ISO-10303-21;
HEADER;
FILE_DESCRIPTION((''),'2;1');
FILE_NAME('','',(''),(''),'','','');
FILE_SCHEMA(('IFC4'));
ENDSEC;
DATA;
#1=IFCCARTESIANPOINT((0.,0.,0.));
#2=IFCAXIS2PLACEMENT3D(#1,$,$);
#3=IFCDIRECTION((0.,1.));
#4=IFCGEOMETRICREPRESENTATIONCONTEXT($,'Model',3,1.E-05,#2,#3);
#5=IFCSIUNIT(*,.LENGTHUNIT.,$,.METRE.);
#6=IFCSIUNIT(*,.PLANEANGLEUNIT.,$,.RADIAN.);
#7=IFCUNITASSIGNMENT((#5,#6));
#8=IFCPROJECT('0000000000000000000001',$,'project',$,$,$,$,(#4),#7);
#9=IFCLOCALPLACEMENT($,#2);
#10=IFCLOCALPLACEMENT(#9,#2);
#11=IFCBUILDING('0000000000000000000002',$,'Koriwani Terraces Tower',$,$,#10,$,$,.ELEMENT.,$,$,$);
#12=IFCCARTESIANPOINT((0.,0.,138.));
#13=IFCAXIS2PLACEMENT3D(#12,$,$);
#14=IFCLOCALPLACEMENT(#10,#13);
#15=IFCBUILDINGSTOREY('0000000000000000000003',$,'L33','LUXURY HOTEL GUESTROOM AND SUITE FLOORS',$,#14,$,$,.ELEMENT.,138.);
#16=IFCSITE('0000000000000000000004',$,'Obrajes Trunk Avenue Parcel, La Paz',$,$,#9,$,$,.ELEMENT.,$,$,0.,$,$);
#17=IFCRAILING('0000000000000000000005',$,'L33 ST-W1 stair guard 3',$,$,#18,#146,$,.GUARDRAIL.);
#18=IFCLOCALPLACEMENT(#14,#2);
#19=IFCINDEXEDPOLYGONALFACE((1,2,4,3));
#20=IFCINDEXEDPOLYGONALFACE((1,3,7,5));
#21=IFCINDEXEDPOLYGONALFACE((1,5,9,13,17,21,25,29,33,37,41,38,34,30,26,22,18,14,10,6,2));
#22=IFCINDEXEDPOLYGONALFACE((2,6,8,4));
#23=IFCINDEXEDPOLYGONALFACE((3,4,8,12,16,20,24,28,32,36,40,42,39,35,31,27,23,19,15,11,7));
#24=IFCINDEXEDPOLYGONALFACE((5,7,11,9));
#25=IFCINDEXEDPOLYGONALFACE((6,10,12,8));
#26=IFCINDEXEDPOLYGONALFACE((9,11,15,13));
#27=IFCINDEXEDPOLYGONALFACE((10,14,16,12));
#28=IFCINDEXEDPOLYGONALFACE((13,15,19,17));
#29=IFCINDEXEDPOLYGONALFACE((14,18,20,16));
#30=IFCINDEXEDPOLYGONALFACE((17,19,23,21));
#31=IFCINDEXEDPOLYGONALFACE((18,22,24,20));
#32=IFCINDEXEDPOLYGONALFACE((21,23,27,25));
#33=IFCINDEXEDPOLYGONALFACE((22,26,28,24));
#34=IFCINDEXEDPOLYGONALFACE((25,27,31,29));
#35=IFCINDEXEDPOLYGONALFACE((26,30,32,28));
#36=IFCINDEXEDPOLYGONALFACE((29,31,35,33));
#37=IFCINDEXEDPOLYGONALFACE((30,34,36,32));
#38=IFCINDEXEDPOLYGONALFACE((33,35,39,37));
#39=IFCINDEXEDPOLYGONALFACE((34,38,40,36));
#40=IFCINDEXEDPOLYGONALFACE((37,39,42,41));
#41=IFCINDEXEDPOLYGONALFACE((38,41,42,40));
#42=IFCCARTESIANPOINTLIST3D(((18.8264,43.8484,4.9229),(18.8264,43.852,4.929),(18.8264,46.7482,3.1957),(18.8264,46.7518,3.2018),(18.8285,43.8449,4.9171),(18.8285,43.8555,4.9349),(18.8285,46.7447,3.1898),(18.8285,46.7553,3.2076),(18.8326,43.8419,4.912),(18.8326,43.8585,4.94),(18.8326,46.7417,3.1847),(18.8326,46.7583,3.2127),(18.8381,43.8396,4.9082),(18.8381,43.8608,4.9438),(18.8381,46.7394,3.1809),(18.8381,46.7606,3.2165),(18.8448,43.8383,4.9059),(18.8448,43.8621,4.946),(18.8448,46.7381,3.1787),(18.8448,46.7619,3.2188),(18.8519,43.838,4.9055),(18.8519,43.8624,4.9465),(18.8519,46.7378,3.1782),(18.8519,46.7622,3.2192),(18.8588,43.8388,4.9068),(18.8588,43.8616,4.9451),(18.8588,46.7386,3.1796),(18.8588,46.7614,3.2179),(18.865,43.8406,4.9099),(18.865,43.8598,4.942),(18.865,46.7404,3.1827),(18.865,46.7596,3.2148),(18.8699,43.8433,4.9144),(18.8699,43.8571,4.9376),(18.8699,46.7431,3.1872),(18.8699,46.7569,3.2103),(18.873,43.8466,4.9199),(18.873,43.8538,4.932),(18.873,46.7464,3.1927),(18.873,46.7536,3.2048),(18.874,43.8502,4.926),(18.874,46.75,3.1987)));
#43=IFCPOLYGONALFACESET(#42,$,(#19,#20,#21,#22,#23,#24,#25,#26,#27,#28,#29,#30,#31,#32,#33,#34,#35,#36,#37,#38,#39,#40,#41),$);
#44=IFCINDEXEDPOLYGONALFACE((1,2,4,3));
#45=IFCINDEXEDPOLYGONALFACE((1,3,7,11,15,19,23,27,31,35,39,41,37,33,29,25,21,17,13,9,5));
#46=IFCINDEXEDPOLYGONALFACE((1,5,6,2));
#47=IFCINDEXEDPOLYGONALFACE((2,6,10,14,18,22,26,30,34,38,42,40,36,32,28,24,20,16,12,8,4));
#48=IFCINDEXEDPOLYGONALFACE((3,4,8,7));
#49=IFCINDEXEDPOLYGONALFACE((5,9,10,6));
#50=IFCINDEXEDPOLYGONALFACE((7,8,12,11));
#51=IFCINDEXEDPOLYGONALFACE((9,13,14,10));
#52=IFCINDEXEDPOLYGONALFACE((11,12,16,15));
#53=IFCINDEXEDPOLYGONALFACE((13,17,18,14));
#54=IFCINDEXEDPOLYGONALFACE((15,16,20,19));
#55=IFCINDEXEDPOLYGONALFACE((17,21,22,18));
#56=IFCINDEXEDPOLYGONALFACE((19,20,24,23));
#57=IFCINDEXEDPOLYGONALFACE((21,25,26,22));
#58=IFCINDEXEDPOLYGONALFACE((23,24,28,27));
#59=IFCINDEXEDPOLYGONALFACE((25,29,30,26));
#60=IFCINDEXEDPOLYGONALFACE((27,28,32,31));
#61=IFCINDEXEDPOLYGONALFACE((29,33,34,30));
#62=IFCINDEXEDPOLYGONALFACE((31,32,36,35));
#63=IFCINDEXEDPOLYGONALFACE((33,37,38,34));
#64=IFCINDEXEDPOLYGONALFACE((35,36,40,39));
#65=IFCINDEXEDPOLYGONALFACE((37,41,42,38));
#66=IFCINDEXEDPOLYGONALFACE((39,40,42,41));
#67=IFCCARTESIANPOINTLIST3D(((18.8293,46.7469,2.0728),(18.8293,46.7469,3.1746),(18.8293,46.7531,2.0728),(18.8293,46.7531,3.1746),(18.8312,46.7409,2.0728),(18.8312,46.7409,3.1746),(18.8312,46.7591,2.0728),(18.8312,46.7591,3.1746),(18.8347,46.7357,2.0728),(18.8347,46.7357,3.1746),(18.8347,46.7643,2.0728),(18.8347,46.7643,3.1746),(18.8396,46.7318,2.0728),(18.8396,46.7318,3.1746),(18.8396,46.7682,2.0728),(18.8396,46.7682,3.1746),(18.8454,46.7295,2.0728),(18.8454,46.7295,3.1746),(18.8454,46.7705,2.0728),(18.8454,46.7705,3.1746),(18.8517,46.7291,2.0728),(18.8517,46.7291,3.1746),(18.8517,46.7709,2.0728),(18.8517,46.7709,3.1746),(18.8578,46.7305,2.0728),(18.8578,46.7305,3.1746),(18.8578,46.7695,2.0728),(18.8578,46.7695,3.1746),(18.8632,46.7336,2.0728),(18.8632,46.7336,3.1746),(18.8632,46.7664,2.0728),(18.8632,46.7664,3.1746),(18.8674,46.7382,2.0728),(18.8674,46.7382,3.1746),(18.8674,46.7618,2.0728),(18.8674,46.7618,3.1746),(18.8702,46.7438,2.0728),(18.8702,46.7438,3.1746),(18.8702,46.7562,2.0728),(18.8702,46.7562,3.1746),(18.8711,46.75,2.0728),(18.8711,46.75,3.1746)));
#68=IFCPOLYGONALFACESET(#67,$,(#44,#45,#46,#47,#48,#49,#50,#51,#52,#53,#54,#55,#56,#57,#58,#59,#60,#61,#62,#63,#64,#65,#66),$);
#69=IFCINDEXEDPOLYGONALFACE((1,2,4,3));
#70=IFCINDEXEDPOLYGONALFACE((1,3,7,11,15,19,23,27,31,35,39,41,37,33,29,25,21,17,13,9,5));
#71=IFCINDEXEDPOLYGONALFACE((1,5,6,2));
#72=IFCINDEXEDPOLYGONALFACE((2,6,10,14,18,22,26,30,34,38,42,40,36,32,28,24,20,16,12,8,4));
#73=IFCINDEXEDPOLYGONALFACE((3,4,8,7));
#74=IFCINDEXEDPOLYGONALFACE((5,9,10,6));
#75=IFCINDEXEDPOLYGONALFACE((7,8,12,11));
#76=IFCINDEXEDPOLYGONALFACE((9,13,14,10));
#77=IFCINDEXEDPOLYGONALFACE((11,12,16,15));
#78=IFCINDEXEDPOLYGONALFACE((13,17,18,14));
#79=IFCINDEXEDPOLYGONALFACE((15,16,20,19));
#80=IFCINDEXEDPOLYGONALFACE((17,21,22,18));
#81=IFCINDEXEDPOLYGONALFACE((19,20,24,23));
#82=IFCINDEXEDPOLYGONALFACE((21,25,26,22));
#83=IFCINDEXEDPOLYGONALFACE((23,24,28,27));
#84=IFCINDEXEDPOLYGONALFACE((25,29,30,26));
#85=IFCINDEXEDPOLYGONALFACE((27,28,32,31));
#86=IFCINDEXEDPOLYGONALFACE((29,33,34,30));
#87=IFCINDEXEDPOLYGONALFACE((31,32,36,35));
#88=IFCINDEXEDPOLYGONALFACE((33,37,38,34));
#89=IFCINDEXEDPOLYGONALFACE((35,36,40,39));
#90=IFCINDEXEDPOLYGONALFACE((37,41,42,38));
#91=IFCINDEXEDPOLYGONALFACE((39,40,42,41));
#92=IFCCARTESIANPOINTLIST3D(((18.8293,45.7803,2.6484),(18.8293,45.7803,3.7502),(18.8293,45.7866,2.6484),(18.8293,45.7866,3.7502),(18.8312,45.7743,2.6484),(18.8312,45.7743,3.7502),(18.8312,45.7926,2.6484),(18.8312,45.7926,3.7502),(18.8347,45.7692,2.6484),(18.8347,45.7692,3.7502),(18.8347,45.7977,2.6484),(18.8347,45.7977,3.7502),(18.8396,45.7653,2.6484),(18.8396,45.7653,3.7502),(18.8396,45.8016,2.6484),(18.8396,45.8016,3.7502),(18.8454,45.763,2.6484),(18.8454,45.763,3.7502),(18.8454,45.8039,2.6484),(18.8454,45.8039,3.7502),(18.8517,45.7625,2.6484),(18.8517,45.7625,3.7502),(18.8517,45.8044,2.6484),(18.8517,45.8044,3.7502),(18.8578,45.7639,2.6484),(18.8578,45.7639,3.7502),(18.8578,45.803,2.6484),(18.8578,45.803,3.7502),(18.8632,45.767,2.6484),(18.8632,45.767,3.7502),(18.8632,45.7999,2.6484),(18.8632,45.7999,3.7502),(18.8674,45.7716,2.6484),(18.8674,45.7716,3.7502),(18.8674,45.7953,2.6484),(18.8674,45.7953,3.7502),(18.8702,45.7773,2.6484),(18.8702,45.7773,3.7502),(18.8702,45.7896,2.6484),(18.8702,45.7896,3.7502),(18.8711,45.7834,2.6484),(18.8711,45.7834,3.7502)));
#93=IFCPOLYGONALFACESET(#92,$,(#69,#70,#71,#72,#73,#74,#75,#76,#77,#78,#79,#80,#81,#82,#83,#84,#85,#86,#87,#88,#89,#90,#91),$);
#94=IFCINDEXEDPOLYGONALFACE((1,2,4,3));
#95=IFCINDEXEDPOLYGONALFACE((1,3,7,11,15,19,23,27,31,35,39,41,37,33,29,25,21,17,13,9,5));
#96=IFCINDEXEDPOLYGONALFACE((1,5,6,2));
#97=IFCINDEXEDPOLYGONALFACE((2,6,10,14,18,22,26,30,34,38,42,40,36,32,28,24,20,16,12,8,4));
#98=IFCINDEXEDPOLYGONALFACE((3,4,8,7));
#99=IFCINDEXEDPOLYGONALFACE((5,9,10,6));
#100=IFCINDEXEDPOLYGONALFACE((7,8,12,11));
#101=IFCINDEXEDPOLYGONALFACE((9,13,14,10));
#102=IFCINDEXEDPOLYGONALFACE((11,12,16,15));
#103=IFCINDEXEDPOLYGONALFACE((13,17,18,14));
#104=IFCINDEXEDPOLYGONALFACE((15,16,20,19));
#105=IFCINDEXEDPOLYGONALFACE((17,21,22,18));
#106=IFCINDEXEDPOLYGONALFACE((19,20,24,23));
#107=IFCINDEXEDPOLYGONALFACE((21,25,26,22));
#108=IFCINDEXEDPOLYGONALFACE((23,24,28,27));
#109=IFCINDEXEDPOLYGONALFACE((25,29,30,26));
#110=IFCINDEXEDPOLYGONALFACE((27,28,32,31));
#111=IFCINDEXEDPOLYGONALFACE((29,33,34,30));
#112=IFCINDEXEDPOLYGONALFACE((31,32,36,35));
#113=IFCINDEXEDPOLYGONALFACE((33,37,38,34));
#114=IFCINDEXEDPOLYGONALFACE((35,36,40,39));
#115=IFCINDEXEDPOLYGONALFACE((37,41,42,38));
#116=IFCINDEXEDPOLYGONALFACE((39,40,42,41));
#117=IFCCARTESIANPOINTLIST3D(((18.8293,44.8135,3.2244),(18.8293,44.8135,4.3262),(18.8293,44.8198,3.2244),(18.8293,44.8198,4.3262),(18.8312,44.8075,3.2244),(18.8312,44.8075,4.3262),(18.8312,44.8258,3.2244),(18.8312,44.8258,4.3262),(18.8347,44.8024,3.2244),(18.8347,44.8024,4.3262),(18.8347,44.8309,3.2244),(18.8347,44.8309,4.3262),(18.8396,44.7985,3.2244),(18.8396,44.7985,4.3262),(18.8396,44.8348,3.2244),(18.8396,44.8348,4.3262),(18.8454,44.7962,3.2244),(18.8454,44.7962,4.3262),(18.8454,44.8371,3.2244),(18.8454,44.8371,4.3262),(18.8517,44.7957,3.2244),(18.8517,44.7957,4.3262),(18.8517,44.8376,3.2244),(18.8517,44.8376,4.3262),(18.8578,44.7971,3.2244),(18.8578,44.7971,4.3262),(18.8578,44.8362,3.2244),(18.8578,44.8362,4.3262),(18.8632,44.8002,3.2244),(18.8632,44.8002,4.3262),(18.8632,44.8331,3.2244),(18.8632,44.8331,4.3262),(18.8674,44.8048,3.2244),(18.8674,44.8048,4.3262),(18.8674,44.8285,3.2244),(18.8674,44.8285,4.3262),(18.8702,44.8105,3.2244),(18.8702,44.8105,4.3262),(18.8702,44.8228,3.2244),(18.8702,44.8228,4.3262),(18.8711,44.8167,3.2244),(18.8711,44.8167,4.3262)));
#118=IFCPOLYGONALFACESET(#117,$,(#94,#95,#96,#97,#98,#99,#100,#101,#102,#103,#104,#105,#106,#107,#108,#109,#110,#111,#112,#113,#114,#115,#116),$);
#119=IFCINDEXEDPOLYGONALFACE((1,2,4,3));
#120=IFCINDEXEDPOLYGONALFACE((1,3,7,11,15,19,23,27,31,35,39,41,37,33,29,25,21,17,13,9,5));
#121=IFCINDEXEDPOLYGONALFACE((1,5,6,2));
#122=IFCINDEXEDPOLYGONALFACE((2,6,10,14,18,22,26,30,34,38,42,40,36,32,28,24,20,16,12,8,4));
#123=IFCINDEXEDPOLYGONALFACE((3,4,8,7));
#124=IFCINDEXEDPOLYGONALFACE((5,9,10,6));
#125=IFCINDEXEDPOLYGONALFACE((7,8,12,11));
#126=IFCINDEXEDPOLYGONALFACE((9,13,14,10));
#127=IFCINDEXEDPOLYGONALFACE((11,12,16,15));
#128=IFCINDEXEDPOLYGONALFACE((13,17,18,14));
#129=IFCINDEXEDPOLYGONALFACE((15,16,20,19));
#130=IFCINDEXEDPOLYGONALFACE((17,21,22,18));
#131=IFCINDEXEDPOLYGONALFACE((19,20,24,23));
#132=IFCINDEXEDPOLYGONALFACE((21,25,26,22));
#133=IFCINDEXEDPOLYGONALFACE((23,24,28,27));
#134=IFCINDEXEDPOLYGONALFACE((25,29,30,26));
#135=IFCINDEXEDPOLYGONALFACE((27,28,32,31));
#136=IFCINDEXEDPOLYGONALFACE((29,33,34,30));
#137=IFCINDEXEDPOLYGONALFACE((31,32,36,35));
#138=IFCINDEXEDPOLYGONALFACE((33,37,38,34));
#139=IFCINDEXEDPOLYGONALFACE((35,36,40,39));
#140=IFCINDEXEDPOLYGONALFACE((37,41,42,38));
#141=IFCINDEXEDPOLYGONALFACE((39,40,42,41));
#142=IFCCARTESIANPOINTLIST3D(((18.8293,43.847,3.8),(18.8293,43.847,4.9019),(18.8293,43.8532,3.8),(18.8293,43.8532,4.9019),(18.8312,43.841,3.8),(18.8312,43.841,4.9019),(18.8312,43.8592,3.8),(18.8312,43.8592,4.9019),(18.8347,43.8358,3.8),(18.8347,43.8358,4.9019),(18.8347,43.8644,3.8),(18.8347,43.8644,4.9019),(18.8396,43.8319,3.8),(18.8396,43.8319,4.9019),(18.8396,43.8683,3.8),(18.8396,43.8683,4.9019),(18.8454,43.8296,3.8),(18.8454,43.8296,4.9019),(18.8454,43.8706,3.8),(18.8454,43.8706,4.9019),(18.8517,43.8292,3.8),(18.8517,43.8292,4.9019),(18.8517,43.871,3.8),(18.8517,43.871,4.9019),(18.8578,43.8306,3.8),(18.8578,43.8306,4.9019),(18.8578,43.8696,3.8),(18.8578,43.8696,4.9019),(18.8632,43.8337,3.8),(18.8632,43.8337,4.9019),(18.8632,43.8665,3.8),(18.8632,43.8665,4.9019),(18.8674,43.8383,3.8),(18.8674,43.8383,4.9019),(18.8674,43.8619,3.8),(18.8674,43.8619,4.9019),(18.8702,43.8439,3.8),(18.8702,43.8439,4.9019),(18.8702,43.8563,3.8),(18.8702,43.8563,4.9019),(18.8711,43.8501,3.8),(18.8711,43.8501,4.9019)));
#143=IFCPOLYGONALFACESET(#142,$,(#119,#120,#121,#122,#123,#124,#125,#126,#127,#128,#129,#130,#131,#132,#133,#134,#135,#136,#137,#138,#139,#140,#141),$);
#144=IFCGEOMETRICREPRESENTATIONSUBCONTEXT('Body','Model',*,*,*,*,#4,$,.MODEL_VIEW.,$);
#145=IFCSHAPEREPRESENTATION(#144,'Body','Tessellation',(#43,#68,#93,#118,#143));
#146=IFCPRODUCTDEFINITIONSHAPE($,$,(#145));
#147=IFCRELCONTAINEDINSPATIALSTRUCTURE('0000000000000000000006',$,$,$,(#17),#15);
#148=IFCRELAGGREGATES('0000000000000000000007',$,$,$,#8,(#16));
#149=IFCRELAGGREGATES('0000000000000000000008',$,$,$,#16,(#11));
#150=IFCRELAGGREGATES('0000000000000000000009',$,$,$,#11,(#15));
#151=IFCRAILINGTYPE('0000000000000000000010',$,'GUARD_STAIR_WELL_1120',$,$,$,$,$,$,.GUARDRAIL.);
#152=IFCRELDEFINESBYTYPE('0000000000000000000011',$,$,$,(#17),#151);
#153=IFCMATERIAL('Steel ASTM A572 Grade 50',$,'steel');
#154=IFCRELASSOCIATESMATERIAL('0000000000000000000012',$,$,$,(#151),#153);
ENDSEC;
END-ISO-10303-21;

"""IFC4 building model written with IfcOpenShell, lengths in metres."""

from ifc_helpers import new_model, si_unit, direction, frame, origin, origin_2d, place, context, subcontext, project, spatial, circle, extrude, material, type_object, element, save


model = new_model("IFC4")

# Units and contexts
model_context = context("Model", 3, precision=1e-05, world=origin(), true_north=direction((0.0, 1.0)))
body_context = subcontext(model_context, "Body", "Model", "MODEL_VIEW")
ifc_project = project(units=[si_unit("LENGTHUNIT", "METRE"), si_unit("PLANEANGLEUNIT", "RADIAN")], contexts=[model_context])

# Site, building, storey
site_placement = place(None, origin())
site = spatial("IfcSite", under=ifc_project, at=site_placement, Name="Obrajes Trunk Avenue Parcel, La Paz", CompositionType="ELEMENT", RefElevation=0.0)
building_placement = place(site_placement, origin())
building = spatial("IfcBuilding", under=site, at=building_placement, Name="Koriwani Terraces Tower", CompositionType="ELEMENT")
storey_placement = place(building_placement, frame((0.0, 0.0, 138.0)))
storey = spatial("IfcBuildingStorey", under=building, at=storey_placement, Name="L33", Description="LUXURY HOTEL GUESTROOM AND SUITE FLOORS", CompositionType="ELEMENT", Elevation=138.0)

# Shared definitions
ifc_material_1 = material(Name="Steel ASTM A572 Grade 50", Category="steel")

# Railing
railing_type_1 = type_object("IfcRailingType", Name="GUARD_STAIR_WELL_1120", PredefinedType="GUARDRAIL", material=ifc_material_1)
railing_1_placement = place(storey_placement, frame((18.8501, 46.75, 2.0728)))
element("IfcRailing", 1, at=railing_1_placement, inside=storey, type_object=railing_type_1, Name="L33 ST-W1 stair guard 3", PredefinedType="GUARDRAIL", context=body_context, shape_type="SweptSolid", body=[
    extrude(circle(Radius=0.0239, at=origin_2d()), frame((0.0, 0.0, 1.126), z_axis=(0.0, -0.859141, 0.511738), x_axis=(1.0, 0.0, 0.0)), (0.0, 0.0, 1.0), 3.3752),
    extrude(circle(Radius=0.021, at=origin_2d()), origin(), (0.0, 0.0, 1.0), 1.1018),
    extrude(circle(Radius=0.021, at=origin_2d()), frame((0.0, -0.9666, 0.5757)), (0.0, 0.0, 1.0), 1.1018),
    extrude(circle(Radius=0.021, at=origin_2d()), frame((0.0, -1.9333, 1.1516)), (0.0, 0.0, 1.0), 1.1018),
    extrude(circle(Radius=0.021, at=origin_2d()), frame((0.0, -2.8999, 1.7273)), (0.0, 0.0, 1.0), 1.1018),
])

save(model, "model.ifc")
